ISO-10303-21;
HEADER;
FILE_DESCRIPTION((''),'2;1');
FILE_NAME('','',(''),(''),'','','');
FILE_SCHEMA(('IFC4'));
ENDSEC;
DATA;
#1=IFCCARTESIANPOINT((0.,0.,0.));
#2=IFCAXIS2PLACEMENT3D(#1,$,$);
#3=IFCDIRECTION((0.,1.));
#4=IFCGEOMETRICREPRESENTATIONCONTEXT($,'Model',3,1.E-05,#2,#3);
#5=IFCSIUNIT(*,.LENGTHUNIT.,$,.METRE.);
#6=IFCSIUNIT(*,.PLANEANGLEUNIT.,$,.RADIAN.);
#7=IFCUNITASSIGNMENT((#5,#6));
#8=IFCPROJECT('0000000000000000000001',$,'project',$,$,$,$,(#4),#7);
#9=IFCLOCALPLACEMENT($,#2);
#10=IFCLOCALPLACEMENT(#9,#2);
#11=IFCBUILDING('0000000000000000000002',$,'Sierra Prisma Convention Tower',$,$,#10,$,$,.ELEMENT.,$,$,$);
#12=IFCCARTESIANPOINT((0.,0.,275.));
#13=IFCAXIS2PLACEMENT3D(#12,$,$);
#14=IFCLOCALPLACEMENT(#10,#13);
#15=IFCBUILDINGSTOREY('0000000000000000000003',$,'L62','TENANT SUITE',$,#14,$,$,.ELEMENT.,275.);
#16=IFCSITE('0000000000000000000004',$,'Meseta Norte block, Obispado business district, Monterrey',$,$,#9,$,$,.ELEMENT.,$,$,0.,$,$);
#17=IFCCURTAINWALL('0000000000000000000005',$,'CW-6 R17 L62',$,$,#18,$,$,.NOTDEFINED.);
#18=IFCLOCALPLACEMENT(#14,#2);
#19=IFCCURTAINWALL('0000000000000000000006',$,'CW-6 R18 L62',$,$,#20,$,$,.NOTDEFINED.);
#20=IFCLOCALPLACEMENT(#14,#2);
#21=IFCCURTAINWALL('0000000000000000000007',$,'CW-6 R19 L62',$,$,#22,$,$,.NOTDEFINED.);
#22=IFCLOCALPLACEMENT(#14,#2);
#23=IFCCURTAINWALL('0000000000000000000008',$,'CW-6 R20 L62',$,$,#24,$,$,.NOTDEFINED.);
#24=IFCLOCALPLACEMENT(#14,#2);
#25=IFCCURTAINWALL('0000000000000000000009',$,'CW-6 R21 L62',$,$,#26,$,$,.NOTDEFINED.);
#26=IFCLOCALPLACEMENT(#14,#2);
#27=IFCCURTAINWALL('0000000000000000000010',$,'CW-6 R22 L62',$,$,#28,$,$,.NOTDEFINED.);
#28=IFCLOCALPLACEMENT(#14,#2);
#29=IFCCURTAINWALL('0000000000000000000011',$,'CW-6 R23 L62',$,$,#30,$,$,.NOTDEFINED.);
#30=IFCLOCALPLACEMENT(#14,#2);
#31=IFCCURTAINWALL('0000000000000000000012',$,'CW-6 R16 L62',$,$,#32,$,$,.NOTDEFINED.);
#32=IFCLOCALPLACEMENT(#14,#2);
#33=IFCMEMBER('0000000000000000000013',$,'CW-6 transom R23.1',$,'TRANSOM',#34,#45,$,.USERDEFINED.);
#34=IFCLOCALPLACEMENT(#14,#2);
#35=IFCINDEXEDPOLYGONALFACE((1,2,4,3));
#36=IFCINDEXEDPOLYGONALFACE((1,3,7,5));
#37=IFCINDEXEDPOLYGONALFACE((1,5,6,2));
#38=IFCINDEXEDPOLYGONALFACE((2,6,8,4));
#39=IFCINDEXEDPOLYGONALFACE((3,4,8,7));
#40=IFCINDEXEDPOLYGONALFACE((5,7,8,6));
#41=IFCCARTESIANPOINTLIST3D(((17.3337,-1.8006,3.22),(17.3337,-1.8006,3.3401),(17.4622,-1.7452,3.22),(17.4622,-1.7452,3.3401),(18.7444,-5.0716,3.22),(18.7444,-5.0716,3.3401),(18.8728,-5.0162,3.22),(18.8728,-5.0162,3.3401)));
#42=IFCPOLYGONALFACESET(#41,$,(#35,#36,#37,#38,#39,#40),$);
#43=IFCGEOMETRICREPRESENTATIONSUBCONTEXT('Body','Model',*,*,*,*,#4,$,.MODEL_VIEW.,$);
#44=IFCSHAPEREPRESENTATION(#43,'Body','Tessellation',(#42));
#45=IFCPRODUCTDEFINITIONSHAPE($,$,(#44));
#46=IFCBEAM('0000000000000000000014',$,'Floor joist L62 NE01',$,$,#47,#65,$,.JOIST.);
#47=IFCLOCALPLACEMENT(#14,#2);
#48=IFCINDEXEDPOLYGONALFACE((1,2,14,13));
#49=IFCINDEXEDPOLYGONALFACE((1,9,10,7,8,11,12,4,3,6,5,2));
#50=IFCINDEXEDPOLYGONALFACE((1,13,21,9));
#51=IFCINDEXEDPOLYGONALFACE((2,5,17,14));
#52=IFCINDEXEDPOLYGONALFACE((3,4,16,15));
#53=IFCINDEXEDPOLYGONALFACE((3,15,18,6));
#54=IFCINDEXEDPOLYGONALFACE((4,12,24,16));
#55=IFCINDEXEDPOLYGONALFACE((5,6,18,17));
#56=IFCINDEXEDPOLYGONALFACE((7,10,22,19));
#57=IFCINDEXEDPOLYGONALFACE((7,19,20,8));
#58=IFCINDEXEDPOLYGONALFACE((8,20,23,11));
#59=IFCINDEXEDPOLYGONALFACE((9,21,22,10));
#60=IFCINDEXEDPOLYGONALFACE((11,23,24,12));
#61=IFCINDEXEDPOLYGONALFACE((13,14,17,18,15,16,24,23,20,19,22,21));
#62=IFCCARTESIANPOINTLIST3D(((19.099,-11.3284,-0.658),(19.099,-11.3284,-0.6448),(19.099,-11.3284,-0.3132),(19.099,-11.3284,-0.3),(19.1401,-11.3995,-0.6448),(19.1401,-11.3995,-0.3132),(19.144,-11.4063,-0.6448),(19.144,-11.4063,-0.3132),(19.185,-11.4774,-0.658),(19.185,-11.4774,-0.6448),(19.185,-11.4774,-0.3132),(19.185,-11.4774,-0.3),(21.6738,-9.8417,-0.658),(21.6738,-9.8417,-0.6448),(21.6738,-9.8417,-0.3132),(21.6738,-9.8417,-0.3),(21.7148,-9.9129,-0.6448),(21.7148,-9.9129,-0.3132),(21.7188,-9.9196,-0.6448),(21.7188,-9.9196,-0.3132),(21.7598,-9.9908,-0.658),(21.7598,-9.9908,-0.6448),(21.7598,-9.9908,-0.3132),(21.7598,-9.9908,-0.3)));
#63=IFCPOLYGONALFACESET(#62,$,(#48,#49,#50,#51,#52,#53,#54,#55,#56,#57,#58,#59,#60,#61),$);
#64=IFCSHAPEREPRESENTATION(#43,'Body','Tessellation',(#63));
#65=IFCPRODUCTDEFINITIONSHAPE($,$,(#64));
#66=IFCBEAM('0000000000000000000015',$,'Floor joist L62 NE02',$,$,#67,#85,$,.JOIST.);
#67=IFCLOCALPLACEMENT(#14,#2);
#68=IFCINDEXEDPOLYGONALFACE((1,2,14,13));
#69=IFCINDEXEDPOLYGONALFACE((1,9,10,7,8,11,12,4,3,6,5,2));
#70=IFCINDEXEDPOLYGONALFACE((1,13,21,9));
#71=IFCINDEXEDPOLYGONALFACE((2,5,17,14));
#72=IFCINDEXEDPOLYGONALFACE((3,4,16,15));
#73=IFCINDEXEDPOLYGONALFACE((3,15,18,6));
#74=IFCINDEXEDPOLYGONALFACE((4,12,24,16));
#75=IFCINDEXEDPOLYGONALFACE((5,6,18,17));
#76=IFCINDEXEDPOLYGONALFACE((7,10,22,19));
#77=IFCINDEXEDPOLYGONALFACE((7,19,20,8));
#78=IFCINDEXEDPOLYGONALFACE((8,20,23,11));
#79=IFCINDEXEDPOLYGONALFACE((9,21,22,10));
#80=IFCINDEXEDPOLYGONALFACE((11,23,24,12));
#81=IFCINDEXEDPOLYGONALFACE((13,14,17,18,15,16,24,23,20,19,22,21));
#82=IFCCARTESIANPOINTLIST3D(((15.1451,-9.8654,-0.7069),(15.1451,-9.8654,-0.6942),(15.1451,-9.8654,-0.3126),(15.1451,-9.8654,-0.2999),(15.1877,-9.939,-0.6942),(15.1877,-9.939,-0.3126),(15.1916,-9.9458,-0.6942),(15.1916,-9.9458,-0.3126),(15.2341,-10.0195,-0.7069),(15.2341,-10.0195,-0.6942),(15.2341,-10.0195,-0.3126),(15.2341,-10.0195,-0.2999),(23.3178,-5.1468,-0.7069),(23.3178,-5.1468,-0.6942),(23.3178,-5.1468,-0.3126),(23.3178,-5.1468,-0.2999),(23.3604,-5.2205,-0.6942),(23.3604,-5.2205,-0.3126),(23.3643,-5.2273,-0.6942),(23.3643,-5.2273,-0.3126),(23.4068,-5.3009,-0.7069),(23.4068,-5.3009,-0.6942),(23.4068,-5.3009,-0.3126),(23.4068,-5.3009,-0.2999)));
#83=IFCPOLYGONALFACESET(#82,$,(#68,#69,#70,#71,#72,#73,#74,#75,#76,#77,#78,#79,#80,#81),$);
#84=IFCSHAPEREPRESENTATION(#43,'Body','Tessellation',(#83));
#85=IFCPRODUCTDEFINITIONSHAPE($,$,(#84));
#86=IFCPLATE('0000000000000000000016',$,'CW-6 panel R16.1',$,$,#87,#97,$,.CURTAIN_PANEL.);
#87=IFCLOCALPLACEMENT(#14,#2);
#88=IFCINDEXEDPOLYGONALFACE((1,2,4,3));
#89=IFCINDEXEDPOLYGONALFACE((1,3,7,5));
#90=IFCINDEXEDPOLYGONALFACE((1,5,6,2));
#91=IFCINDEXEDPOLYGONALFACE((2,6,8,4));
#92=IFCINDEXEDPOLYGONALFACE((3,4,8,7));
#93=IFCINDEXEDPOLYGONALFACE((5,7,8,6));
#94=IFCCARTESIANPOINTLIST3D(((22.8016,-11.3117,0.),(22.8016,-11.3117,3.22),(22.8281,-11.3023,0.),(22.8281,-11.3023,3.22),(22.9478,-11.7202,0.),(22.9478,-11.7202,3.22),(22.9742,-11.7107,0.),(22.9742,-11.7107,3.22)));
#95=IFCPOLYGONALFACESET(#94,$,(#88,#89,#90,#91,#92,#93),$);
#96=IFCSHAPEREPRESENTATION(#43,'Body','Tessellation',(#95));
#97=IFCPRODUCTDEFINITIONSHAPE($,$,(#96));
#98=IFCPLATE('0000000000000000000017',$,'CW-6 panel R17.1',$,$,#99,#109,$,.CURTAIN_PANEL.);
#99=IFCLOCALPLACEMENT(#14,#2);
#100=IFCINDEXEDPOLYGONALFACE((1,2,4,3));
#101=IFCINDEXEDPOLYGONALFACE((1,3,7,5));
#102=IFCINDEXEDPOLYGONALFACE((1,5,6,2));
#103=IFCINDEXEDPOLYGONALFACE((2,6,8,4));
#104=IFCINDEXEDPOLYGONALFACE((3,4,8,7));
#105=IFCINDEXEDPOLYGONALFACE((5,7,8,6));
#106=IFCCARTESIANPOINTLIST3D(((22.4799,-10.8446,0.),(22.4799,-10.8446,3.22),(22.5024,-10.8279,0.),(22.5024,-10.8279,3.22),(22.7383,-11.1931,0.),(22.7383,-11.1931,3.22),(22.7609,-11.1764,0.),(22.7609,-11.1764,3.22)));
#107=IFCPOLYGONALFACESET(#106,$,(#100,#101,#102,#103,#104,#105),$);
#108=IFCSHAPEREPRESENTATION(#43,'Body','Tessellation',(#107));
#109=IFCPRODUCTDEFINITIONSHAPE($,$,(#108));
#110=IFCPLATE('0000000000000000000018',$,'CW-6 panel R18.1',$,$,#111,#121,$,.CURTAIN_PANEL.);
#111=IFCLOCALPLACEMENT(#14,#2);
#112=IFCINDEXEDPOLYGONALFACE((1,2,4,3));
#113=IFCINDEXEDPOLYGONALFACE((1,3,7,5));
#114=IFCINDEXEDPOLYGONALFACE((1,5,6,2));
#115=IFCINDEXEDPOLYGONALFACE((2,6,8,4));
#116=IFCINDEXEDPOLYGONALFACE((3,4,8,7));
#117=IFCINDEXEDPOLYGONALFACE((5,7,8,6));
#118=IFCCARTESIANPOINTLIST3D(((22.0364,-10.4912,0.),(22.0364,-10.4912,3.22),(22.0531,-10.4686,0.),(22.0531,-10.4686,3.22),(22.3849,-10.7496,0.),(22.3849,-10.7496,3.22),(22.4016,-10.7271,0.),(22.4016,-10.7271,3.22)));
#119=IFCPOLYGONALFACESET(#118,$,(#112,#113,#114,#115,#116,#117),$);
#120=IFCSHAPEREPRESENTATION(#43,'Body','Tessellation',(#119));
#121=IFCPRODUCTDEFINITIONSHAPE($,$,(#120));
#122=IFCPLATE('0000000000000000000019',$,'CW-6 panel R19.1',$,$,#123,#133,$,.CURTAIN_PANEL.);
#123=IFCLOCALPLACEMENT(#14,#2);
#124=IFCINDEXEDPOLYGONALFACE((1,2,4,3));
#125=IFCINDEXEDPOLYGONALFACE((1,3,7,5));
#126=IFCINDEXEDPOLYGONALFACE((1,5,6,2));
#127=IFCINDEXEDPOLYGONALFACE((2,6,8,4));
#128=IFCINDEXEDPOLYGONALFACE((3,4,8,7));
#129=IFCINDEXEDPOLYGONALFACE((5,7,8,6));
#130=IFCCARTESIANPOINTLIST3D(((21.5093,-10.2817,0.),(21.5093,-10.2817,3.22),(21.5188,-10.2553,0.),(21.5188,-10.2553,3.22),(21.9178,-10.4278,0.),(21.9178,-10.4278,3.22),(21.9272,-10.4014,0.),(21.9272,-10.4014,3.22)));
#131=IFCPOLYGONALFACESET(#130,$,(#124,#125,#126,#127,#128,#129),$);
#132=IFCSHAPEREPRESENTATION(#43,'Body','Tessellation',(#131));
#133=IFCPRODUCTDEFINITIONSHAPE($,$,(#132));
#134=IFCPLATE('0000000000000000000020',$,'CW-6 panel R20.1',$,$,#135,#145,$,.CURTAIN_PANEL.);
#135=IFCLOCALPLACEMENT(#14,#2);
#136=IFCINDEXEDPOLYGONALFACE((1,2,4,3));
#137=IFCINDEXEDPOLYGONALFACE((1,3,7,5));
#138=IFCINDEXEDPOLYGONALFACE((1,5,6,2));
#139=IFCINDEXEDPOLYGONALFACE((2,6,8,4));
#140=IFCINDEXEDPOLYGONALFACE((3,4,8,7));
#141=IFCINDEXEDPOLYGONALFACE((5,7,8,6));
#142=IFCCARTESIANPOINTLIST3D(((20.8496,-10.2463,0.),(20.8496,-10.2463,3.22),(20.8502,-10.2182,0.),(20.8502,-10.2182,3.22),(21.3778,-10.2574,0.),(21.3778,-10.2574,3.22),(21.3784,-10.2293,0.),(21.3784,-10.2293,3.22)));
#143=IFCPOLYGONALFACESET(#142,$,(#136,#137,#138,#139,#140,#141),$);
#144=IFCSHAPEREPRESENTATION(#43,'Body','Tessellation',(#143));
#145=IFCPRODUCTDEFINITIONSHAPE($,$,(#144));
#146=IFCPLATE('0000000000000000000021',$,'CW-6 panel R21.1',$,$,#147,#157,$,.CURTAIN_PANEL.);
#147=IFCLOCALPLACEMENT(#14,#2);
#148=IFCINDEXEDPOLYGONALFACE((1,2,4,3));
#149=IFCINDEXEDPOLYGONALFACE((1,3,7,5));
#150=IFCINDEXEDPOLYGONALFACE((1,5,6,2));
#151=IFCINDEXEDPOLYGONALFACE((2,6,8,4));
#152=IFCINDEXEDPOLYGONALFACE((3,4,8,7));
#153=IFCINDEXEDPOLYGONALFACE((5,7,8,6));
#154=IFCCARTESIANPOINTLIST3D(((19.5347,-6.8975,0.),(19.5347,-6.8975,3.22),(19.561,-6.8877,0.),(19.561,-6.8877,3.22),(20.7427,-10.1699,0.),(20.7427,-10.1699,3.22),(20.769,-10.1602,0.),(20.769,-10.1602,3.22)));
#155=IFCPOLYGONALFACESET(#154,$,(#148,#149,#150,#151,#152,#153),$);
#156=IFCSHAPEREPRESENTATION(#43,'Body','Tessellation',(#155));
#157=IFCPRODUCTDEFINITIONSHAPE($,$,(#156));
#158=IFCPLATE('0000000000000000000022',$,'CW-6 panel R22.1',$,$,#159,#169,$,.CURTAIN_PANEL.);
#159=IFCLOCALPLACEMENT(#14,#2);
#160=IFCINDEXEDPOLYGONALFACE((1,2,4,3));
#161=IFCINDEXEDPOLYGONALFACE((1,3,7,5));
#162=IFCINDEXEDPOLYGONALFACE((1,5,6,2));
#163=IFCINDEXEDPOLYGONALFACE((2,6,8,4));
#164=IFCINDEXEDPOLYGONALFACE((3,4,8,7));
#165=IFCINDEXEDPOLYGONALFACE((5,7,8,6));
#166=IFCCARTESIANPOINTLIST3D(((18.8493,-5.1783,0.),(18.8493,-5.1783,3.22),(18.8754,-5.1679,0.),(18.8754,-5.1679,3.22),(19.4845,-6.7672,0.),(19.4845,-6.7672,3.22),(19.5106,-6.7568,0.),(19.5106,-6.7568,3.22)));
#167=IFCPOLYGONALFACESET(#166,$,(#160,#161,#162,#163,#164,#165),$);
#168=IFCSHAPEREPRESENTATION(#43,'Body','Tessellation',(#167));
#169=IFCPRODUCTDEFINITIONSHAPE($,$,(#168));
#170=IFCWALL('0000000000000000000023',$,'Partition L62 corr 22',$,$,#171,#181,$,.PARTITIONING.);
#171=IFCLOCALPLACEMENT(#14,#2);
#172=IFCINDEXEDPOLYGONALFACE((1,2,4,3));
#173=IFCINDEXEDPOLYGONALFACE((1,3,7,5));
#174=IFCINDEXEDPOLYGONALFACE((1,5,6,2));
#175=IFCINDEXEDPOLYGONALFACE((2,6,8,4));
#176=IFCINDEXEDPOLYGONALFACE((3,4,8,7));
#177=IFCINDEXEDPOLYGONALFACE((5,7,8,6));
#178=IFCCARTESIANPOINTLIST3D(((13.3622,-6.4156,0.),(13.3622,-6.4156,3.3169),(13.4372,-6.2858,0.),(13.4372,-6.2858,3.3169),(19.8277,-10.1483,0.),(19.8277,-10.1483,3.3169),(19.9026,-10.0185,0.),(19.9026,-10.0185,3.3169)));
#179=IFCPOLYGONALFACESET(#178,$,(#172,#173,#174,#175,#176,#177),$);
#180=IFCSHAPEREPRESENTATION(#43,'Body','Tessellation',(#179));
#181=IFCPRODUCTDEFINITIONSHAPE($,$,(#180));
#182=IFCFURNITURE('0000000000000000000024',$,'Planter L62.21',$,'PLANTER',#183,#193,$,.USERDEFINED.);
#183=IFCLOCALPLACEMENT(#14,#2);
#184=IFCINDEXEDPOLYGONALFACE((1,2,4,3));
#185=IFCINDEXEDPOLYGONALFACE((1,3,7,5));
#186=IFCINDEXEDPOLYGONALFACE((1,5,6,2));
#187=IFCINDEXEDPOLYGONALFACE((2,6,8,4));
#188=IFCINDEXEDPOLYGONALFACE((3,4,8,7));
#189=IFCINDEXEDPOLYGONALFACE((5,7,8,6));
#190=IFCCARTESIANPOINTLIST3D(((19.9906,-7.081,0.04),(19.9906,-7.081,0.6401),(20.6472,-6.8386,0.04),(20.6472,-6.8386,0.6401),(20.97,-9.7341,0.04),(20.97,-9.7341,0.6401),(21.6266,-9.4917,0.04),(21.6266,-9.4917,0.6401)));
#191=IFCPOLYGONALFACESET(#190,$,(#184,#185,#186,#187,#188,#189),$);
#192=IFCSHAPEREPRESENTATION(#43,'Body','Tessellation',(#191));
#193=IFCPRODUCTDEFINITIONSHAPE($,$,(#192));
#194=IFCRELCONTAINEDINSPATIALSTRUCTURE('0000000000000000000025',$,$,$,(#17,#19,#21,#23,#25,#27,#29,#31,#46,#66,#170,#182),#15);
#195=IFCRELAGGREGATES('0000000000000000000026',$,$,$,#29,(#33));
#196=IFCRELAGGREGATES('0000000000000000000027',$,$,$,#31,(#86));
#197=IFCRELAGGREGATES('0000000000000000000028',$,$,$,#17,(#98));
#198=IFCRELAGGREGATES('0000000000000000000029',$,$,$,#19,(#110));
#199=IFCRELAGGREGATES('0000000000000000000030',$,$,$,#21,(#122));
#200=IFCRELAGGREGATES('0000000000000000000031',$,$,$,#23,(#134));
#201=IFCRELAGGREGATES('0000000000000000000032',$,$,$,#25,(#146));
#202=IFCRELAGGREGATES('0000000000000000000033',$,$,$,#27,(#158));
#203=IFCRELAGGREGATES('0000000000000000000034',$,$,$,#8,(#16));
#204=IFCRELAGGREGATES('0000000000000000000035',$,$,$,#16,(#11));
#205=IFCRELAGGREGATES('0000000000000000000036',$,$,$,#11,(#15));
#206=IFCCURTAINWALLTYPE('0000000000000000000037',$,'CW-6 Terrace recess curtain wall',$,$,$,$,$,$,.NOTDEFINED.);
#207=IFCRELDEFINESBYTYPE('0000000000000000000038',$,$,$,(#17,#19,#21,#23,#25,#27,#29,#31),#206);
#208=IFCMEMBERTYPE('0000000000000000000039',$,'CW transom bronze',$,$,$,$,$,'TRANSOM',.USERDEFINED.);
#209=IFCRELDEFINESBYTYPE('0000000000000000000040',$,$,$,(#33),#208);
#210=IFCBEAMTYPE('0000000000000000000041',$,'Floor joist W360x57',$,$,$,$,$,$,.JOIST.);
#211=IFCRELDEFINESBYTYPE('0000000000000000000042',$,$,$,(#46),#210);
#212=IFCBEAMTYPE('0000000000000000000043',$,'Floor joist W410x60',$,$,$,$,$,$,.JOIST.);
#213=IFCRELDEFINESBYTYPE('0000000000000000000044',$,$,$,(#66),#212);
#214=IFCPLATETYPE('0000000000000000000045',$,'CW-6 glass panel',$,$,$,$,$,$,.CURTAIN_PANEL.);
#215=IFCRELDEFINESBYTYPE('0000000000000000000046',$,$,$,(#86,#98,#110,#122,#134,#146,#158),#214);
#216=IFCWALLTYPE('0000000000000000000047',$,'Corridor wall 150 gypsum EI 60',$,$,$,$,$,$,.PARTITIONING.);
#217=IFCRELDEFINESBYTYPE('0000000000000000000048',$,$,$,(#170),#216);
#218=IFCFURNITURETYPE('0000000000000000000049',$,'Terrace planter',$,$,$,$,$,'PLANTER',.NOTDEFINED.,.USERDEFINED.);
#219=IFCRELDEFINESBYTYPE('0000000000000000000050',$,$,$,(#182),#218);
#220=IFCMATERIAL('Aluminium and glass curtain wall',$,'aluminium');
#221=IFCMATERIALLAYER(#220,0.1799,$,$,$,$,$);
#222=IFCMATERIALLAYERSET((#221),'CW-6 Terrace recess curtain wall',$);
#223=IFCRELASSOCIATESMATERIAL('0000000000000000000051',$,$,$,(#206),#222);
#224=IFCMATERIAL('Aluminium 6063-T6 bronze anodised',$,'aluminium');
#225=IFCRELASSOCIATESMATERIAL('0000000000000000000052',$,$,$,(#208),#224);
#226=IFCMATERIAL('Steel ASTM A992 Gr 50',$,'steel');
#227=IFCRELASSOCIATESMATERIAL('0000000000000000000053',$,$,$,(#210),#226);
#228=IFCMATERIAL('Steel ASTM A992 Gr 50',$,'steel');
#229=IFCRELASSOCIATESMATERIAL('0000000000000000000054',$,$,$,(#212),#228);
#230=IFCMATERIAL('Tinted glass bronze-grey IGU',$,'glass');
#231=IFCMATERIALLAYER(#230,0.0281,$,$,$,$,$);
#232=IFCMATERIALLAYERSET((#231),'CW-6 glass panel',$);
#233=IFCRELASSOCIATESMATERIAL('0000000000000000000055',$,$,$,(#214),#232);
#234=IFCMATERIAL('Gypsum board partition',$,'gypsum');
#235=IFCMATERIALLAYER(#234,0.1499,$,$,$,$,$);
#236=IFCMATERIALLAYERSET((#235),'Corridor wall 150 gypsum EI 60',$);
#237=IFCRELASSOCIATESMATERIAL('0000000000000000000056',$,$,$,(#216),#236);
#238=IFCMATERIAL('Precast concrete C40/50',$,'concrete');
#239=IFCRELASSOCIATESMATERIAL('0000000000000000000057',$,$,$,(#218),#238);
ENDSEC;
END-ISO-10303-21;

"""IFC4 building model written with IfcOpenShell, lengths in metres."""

from ifc_helpers import new_model, si_unit, direction, frame, frame_2d, origin, origin_2d, place, context, subcontext, project, spatial, rectangle, i_section, extrude, material, layer, layer_set, material_profile, profile_set, type_object, element, aggregate, save


model = new_model("IFC4")

# Units and contexts
model_context = context("Model", 3, precision=1e-05, world=origin(), true_north=direction((0.0, 1.0)))
body_context = subcontext(model_context, "Body", "Model", "MODEL_VIEW")
ifc_project = project(units=[si_unit("LENGTHUNIT", "METRE"), si_unit("PLANEANGLEUNIT", "RADIAN")], contexts=[model_context])

# Site, building, storey
site_placement = place(None, origin())
site = spatial("IfcSite", under=ifc_project, at=site_placement, Name="Meseta Norte block, Obispado business district, Monterrey", CompositionType="ELEMENT", RefElevation=0.0)
building_placement = place(site_placement, origin())
building = spatial("IfcBuilding", under=site, at=building_placement, Name="Sierra Prisma Convention Tower", CompositionType="ELEMENT")
storey_placement = place(building_placement, frame((0.0, 0.0, 275.0)))
storey = spatial("IfcBuildingStorey", under=building, at=storey_placement, Name="L62", Description="TENANT SUITE", CompositionType="ELEMENT", Elevation=275.0)

# Curtain walls
ifc_material_1 = material(Name="Aluminium and glass curtain wall", Category="aluminium")
ifc_layer_1 = layer(ifc_material_1, 0.1799)
ifc_layer_set_1 = layer_set([ifc_layer_1], Name="CW-6 Terrace recess curtain wall")
curtain_wall_type = type_object("IfcCurtainWallType", Name="CW-6 Terrace recess curtain wall", PredefinedType="NOTDEFINED", material=ifc_layer_set_1)
curtain_wall_1_placement = place(storey_placement, origin())
curtain_wall_1 = element("IfcCurtainWall", 1, at=curtain_wall_1_placement, inside=storey, type_object=curtain_wall_type, Name="CW-6 R17 L62", PredefinedType="NOTDEFINED")
curtain_wall_2_placement = place(storey_placement, origin())
curtain_wall_2 = element("IfcCurtainWall", 2, at=curtain_wall_2_placement, inside=storey, type_object=curtain_wall_type, Name="CW-6 R18 L62", PredefinedType="NOTDEFINED")
curtain_wall_3_placement = place(storey_placement, origin())
curtain_wall_3 = element("IfcCurtainWall", 3, at=curtain_wall_3_placement, inside=storey, type_object=curtain_wall_type, Name="CW-6 R19 L62", PredefinedType="NOTDEFINED")
curtain_wall_4_placement = place(storey_placement, origin())
curtain_wall_4 = element("IfcCurtainWall", 4, at=curtain_wall_4_placement, inside=storey, type_object=curtain_wall_type, Name="CW-6 R20 L62", PredefinedType="NOTDEFINED")
curtain_wall_5_placement = place(storey_placement, origin())
curtain_wall_5 = element("IfcCurtainWall", 5, at=curtain_wall_5_placement, inside=storey, type_object=curtain_wall_type, Name="CW-6 R21 L62", PredefinedType="NOTDEFINED")
curtain_wall_6_placement = place(storey_placement, origin())
curtain_wall_6 = element("IfcCurtainWall", 6, at=curtain_wall_6_placement, inside=storey, type_object=curtain_wall_type, Name="CW-6 R22 L62", PredefinedType="NOTDEFINED")
curtain_wall_7_placement = place(storey_placement, origin())
curtain_wall_7 = element("IfcCurtainWall", 7, at=curtain_wall_7_placement, inside=storey, type_object=curtain_wall_type, Name="CW-6 R23 L62", PredefinedType="NOTDEFINED")
curtain_wall_8_placement = place(storey_placement, origin())
curtain_wall_8 = element("IfcCurtainWall", 8, at=curtain_wall_8_placement, inside=storey, type_object=curtain_wall_type, Name="CW-6 R16 L62", PredefinedType="NOTDEFINED")
ifc_material_2 = material(Name="Aluminium 6063-T6 bronze anodised", Category="aluminium")
ifc_material_profile_1 = material_profile(ifc_material_2, rectangle(XDim=0.1399, YDim=0.1201, at=origin_2d()), Name="ALU TRANSOM 120x140")
ifc_profile_set_1 = profile_set([ifc_material_profile_1], Name="Aluminium 6063-T6 bronze anodised")
member_type_1 = type_object("IfcMemberType", Name="CW transom bronze", ElementType="TRANSOM", PredefinedType="USERDEFINED", material=ifc_profile_set_1)

# Member
member_1_placement = place(storey_placement, frame((18.8086, -5.0439, 3.28), z_axis=(-0.396003, 0.918249, 0.0), x_axis=(-0.918249, -0.396003, 0.0)))
member_1 = element("IfcMember", 9, at=member_1_placement, type_object=member_type_1, Name="CW-6 transom R23.1", ObjectType="TRANSOM", PredefinedType="USERDEFINED", context=body_context, shape_type="SweptSolid", body=[
    extrude(rectangle(XDim=0.1399, YDim=0.1201, at=origin_2d()), origin(), (0.0, 0.0, 1.0), 3.5623),
])
aggregate(curtain_wall_7, [member_1])

# Beams
ifc_material_3 = material(Name="Steel ASTM A992 Gr 50", Category="steel")
ifc_material_profile_2 = material_profile(ifc_material_3, i_section(OverallWidth=0.1721, OverallDepth=0.3579, WebThickness=0.0078, FlangeThickness=0.0132, at=origin_2d()), Name="W360x57")
ifc_profile_set_2 = profile_set([ifc_material_profile_2], Name="Steel ASTM A992 Gr 50")
beam_type_1 = type_object("IfcBeamType", Name="Floor joist W360x57", PredefinedType="JOIST", material=ifc_profile_set_2)
beam_1_placement = place(storey_placement, frame((21.7168, -9.9163, -0.479), z_axis=(-0.866016, -0.500016, 0.0), x_axis=(0.500016, -0.866016, 0.0)))
element("IfcBeam", 10, at=beam_1_placement, inside=storey, type_object=beam_type_1, Name="Floor joist L62 NE01", PredefinedType="JOIST", context=body_context, shape_type="SweptSolid", body=[
    extrude(i_section(OverallWidth=0.1721, OverallDepth=0.3579, WebThickness=0.0078, FlangeThickness=0.0132, at=origin_2d()), origin(), (0.0, 0.0, 1.0), 2.9731),
])
ifc_material_4 = material(Name="Steel ASTM A992 Gr 50", Category="steel")
ifc_material_profile_3 = material_profile(ifc_material_4, i_section(OverallWidth=0.178, OverallDepth=0.407, WebThickness=0.0078, FlangeThickness=0.0127, at=origin_2d()), Name="W410x60")
ifc_profile_set_3 = profile_set([ifc_material_profile_3], Name="Steel ASTM A992 Gr 50")
beam_type_2 = type_object("IfcBeamType", Name="Floor joist W410x60", PredefinedType="JOIST", material=ifc_profile_set_3)
beam_2_placement = place(storey_placement, frame((23.3623, -5.2239, -0.5034), z_axis=(-0.866023, -0.500004, 0.0), x_axis=(0.500004, -0.866023, 0.0)))
element("IfcBeam", 11, at=beam_2_placement, inside=storey, type_object=beam_type_2, Name="Floor joist L62 NE02", PredefinedType="JOIST", context=body_context, shape_type="SweptSolid", body=[
    extrude(i_section(OverallWidth=0.178, OverallDepth=0.407, WebThickness=0.0078, FlangeThickness=0.0127, at=origin_2d()), origin(), (0.0, 0.0, 1.0), 9.437),
])

# Plates
ifc_material_5 = material(Name="Tinted glass bronze-grey IGU", Category="glass")
ifc_layer_2 = layer(ifc_material_5, 0.0281)
ifc_layer_set_2 = layer_set([ifc_layer_2], Name="CW-6 glass panel")
plate_type = type_object("IfcPlateType", Name="CW-6 glass panel", PredefinedType="CURTAIN_PANEL", material=ifc_layer_set_2)
plate_1_placement = place(storey_placement, frame((22.8879, -11.5112, 0.0), z_axis=(0.0, 0.0, 1.0), x_axis=(-0.33689, 0.941544, 0.0)))
plate_1 = element("IfcPlate", 12, at=plate_1_placement, type_object=plate_type, Name="CW-6 panel R16.1", PredefinedType="CURTAIN_PANEL", context=body_context, shape_type="SweptSolid", body=[
    extrude(rectangle(XDim=0.4338, YDim=0.0281, at=origin_2d()), origin(), (0.0, 0.0, 1.0), 3.22),
])
aggregate(curtain_wall_8, [plate_1])
plate_2_placement = place(storey_placement, frame((22.6204, -11.0105, 0.0), z_axis=(0.0, 0.0, 1.0), x_axis=(-0.595699, 0.803208, 0.0)))
plate_2 = element("IfcPlate", 13, at=plate_2_placement, type_object=plate_type, Name="CW-6 panel R17.1", PredefinedType="CURTAIN_PANEL", context=body_context, shape_type="SweptSolid", body=[
    extrude(rectangle(XDim=0.4338, YDim=0.0281, at=origin_2d()), origin(), (0.0, 0.0, 1.0), 3.22),
])
aggregate(curtain_wall_1, [plate_2])
plate_3_placement = place(storey_placement, frame((22.219, -10.6091, 0.0), z_axis=(0.0, 0.0, 1.0), x_axis=(-0.803208, 0.595699, 0.0)))
plate_3 = element("IfcPlate", 14, at=plate_3_placement, type_object=plate_type, Name="CW-6 panel R18.1", PredefinedType="CURTAIN_PANEL", context=body_context, shape_type="SweptSolid", body=[
    extrude(rectangle(XDim=0.4338, YDim=0.0281, at=origin_2d()), origin(), (0.0, 0.0, 1.0), 3.22),
])
aggregate(curtain_wall_2, [plate_3])
plate_4_placement = place(storey_placement, frame((21.7183, -10.3416, 0.0), z_axis=(0.0, 0.0, 1.0), x_axis=(-0.941544, 0.33689, 0.0)))
plate_4 = element("IfcPlate", 15, at=plate_4_placement, type_object=plate_type, Name="CW-6 panel R19.1", PredefinedType="CURTAIN_PANEL", context=body_context, shape_type="SweptSolid", body=[
    extrude(rectangle(XDim=0.4338, YDim=0.0281, at=origin_2d()), origin(), (0.0, 0.0, 1.0), 3.22),
])
aggregate(curtain_wall_3, [plate_4])
plate_5_placement = place(storey_placement, frame((21.114, -10.2378, 0.0), z_axis=(0.0, 0.0, 1.0), x_axis=(-0.999778, 0.02107, 0.0)))
plate_5 = element("IfcPlate", 16, at=plate_5_placement, type_object=plate_type, Name="CW-6 panel R20.1", PredefinedType="CURTAIN_PANEL", context=body_context, shape_type="SweptSolid", body=[
    extrude(rectangle(XDim=0.5283, YDim=0.0281, at=origin_2d()), origin(), (0.0, 0.0, 1.0), 3.22),
])
aggregate(curtain_wall_4, [plate_5])
plate_6_placement = place(storey_placement, frame((20.1519, -8.5288, 0.0), z_axis=(0.0, 0.0, 1.0), x_axis=(-0.346314, 0.938119, 0.0)))
plate_6 = element("IfcPlate", 17, at=plate_6_placement, type_object=plate_type, Name="CW-6 panel R21.1", PredefinedType="CURTAIN_PANEL", context=body_context, shape_type="SweptSolid", body=[
    extrude(rectangle(XDim=3.4883, YDim=0.0281, at=origin_2d()), origin(), (0.0, 0.0, 1.0), 3.22),
])
aggregate(curtain_wall_5, [plate_6])
plate_7_placement = place(storey_placement, frame((19.1799, -5.9675, 0.0), z_axis=(0.0, 0.0, 1.0), x_axis=(-0.371219, 0.928545, 0.0)))
plate_7 = element("IfcPlate", 18, at=plate_7_placement, type_object=plate_type, Name="CW-6 panel R22.1", PredefinedType="CURTAIN_PANEL", context=body_context, shape_type="SweptSolid", body=[
    extrude(rectangle(XDim=1.7112, YDim=0.0281, at=origin_2d()), origin(), (0.0, 0.0, 1.0), 3.22),
])
aggregate(curtain_wall_6, [plate_7])

# Wall
ifc_material_6 = material(Name="Gypsum board partition", Category="gypsum")
ifc_layer_3 = layer(ifc_material_6, 0.1499)
ifc_layer_set_3 = layer_set([ifc_layer_3], Name="Corridor wall 150 gypsum EI 60")
wall_type = type_object("IfcWallType", Name="Corridor wall 150 gypsum EI 60", PredefinedType="PARTITIONING", material=ifc_layer_set_3)
wall_placement = place(storey_placement, frame((19.8652, -10.0835, 0.0), z_axis=(0.0, 0.0, 1.0), x_axis=(-0.866031, 0.49999, 0.0)))
element("IfcWall", 19, at=wall_placement, inside=storey, type_object=wall_type, Name="Partition L62 corr 22", PredefinedType="PARTITIONING", context=body_context, shape_type="SweptSolid", body=[
    extrude(rectangle(XDim=7.4656, YDim=0.1499, at=frame_2d((3.7329, 0.0))), origin(), (0.0, 0.0, 1.0), 3.3169),
])

# Furniture
ifc_material_7 = material(Name="Precast concrete C40/50", Category="concrete")
furniture_type = type_object("IfcFurnitureType", Name="Terrace planter", ElementType="PLANTER", AssemblyPlace="NOTDEFINED", PredefinedType="USERDEFINED", material=ifc_material_7)
furniture_placement = place(storey_placement, frame((20.8086, -8.2864, 0.04), z_axis=(0.0, 0.0, 1.0), x_axis=(-0.346314, 0.938119, 0.0)))
element("IfcFurniture", 20, at=furniture_placement, inside=storey, type_object=furniture_type, Name="Planter L62.21", ObjectType="PLANTER", PredefinedType="USERDEFINED", context=body_context, shape_type="SweptSolid", body=[
    extrude(rectangle(XDim=2.8281, YDim=0.7, at=origin_2d()), origin(), (0.0, 0.0, 1.0), 0.6001),
])

save(model, "model.ifc")
